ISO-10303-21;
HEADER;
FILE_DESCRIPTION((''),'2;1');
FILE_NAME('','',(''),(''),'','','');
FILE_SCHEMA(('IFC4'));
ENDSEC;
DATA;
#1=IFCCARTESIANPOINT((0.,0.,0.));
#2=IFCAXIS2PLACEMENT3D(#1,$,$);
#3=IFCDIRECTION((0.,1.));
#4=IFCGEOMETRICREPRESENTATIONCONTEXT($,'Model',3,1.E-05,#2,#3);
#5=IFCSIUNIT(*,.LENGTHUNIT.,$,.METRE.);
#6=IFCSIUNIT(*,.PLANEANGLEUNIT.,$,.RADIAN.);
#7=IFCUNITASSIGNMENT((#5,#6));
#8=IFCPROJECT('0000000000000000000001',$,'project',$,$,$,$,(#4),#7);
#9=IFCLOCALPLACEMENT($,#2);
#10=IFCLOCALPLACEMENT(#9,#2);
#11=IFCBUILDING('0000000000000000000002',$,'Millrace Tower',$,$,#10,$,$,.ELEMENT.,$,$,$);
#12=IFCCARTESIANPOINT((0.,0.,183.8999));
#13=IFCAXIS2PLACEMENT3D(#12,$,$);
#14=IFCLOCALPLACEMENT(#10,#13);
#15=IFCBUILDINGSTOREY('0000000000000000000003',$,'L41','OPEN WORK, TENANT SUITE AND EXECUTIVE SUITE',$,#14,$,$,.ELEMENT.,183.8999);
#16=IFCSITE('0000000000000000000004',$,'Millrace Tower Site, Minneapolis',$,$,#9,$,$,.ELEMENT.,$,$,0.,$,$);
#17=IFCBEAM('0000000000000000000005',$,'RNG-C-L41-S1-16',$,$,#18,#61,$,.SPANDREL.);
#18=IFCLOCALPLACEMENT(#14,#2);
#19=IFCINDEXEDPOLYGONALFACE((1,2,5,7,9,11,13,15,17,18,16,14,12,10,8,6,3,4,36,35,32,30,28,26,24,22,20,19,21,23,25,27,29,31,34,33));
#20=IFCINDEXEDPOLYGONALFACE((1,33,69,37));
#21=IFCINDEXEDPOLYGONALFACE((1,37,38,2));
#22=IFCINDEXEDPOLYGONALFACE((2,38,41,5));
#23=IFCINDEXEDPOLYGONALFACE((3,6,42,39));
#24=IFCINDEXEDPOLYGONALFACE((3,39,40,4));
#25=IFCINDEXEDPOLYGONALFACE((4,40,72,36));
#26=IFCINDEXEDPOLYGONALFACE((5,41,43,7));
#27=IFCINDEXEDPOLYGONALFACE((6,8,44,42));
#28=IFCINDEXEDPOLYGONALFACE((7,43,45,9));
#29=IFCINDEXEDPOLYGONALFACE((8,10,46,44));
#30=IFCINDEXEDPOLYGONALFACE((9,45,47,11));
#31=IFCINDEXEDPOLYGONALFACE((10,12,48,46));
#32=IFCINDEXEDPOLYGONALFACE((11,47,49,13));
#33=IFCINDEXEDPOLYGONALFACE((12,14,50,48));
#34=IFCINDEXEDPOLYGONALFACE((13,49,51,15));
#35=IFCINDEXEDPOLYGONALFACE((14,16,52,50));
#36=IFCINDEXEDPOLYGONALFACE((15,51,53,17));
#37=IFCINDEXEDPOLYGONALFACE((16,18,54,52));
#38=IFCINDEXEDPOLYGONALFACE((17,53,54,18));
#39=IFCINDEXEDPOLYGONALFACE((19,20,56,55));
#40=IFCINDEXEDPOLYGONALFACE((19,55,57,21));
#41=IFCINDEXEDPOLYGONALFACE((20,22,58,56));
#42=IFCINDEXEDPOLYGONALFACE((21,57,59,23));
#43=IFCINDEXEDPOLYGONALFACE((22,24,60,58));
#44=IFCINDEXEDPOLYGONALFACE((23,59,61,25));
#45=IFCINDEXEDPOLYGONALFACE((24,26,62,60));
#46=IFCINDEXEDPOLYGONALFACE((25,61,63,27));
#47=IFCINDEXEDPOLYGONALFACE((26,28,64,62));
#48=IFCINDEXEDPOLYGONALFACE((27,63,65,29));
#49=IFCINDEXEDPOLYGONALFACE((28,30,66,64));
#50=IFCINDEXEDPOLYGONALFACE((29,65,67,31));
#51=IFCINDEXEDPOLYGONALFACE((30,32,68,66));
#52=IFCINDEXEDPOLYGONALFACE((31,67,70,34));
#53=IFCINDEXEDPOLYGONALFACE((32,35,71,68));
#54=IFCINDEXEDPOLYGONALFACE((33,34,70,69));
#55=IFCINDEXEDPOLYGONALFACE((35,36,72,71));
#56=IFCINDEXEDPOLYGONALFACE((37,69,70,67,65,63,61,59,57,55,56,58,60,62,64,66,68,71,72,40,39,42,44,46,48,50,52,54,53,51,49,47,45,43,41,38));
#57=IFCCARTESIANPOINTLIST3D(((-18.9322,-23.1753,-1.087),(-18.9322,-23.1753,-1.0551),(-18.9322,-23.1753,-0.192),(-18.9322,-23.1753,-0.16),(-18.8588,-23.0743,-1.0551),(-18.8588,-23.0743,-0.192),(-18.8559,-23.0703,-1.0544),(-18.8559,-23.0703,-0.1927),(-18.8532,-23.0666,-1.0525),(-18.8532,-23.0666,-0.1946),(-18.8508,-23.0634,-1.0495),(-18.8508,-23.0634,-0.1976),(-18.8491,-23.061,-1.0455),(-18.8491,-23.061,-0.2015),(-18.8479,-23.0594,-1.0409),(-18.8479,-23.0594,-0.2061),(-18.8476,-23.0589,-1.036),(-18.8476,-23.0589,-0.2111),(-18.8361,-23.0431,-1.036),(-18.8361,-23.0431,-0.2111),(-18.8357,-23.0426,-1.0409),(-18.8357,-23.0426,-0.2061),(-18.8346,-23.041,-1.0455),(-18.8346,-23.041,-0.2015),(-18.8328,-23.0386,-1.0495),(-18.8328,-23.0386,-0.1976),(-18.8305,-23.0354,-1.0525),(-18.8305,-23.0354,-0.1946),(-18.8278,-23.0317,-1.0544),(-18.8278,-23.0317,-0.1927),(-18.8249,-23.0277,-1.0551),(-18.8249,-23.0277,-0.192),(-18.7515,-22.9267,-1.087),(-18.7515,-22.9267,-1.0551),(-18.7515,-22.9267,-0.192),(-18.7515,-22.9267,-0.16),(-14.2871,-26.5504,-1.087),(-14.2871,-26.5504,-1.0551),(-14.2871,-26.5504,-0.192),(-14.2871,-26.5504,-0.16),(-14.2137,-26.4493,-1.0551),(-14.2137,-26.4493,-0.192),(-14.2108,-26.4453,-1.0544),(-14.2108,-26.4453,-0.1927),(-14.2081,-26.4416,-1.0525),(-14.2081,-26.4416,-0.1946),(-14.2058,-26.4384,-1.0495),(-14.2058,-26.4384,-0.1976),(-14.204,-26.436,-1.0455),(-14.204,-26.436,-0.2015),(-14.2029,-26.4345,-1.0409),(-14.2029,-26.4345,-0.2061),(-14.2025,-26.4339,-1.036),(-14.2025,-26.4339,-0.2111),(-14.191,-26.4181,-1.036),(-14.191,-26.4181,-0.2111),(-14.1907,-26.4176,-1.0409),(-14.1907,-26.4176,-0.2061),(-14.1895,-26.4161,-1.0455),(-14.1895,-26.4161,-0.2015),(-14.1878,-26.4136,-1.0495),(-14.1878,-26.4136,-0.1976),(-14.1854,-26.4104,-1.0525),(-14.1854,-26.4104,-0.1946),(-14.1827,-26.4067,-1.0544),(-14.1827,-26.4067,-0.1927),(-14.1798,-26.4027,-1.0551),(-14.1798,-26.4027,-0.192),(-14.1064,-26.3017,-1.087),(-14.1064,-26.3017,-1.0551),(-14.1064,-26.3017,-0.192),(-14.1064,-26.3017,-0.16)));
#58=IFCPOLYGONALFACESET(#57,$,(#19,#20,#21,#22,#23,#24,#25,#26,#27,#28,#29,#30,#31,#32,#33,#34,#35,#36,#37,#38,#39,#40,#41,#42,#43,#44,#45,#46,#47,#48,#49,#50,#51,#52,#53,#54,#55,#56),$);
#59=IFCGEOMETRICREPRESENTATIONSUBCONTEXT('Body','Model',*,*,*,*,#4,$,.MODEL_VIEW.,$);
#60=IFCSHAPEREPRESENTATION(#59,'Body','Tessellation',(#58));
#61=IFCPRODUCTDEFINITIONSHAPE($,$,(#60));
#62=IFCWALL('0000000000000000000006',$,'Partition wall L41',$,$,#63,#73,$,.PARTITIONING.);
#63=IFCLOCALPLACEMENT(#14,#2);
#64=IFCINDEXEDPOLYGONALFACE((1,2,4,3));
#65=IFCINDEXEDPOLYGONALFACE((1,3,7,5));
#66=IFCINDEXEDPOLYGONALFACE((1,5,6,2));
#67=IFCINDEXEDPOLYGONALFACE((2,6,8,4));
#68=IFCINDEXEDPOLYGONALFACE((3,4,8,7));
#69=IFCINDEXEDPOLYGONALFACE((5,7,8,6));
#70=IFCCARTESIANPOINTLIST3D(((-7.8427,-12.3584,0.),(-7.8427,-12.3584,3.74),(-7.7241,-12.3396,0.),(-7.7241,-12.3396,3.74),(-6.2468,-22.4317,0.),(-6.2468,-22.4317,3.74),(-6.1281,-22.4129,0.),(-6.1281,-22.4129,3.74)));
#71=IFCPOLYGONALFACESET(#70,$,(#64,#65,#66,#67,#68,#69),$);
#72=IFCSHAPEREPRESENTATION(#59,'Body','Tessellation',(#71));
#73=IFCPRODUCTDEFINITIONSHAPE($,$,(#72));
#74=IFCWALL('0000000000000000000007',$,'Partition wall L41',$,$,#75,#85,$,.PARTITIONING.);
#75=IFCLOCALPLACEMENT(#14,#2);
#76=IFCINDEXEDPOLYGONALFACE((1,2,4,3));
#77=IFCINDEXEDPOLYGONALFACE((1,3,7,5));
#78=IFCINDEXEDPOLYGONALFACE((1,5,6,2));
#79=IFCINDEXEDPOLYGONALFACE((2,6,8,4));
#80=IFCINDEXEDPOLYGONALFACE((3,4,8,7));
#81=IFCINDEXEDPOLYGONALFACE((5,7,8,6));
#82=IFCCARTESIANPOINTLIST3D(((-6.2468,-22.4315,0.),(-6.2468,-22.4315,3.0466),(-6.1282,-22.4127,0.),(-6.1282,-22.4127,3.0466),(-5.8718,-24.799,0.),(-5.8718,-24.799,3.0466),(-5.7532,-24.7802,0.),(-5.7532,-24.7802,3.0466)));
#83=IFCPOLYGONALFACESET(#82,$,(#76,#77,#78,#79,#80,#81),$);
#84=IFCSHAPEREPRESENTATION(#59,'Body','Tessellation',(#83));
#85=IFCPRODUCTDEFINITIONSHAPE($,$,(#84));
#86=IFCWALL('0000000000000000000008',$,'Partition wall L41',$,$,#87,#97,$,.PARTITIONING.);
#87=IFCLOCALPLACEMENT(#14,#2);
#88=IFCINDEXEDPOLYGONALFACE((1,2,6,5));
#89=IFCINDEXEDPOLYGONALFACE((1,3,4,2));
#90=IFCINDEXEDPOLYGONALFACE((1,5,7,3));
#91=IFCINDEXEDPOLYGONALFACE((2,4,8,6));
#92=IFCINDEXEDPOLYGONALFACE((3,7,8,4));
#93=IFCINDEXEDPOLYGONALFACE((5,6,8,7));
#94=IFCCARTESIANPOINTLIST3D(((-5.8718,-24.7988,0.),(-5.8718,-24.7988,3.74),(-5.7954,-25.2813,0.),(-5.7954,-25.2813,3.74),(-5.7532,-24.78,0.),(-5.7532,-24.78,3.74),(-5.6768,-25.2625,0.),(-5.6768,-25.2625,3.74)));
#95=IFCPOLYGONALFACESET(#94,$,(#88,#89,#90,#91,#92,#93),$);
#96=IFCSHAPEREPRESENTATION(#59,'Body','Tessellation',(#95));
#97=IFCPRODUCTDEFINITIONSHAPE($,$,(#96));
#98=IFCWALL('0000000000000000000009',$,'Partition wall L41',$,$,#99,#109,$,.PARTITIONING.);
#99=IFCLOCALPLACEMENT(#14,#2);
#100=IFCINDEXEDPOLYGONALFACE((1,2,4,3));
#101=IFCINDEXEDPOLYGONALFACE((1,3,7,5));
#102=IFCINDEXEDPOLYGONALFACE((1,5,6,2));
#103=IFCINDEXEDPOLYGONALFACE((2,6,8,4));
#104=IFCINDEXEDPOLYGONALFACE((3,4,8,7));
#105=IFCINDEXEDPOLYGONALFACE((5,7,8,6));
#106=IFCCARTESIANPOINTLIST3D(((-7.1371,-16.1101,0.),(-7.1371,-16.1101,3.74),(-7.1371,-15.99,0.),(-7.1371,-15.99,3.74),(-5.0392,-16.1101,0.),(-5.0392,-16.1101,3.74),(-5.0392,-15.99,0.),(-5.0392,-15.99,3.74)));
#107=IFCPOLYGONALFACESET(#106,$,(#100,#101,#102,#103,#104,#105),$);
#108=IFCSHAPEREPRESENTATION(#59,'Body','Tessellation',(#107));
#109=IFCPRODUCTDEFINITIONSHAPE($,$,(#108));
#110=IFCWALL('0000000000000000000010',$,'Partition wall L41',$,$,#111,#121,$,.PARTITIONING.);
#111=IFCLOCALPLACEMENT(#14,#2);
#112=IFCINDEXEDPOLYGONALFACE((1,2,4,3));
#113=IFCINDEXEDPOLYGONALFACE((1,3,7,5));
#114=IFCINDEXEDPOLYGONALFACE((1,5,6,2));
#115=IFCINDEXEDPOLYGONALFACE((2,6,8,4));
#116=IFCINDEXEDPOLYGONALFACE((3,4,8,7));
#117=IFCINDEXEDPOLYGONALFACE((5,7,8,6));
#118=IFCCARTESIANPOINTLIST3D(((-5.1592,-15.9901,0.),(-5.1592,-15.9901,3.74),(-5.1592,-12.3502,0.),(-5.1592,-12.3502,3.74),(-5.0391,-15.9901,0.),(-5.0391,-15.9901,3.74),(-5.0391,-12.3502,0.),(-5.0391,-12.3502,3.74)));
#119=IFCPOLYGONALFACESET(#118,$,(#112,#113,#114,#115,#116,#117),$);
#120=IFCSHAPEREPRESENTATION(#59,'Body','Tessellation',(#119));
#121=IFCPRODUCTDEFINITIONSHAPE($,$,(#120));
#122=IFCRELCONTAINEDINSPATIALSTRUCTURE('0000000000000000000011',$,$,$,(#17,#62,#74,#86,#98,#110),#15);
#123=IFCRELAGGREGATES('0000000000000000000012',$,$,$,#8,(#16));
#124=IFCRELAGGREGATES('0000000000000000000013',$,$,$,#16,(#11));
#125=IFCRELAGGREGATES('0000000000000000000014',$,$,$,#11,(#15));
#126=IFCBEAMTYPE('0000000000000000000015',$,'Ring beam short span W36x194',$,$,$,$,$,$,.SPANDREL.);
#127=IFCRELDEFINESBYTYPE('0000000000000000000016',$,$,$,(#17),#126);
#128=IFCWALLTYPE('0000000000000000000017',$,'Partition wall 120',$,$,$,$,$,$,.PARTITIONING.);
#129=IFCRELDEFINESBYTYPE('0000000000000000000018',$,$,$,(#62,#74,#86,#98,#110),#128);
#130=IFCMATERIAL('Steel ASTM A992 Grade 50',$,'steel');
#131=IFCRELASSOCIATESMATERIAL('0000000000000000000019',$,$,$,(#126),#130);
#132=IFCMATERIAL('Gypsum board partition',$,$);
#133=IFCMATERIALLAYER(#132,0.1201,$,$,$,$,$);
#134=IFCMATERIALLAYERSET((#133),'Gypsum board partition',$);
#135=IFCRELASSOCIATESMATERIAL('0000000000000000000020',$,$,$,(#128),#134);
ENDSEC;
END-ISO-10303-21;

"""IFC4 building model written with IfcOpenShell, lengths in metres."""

from ifc_helpers import new_model, si_unit, direction, frame, frame_2d, origin, origin_2d, place, context, subcontext, project, spatial, rectangle, i_section, extrude, material, layer, layer_set, material_profile, profile_set, type_object, element, save


model = new_model("IFC4")

# Units and contexts
model_context = context("Model", 3, precision=1e-05, world=origin(), true_north=direction((0.0, 1.0)))
body_context = subcontext(model_context, "Body", "Model", "MODEL_VIEW")
ifc_project = project(units=[si_unit("LENGTHUNIT", "METRE"), si_unit("PLANEANGLEUNIT", "RADIAN")], contexts=[model_context])

# Site, building, storey
site_placement = place(None, origin())
site = spatial("IfcSite", under=ifc_project, at=site_placement, Name="Millrace Tower Site, Minneapolis", CompositionType="ELEMENT", RefElevation=0.0)
building_placement = place(site_placement, origin())
building = spatial("IfcBuilding", under=site, at=building_placement, Name="Millrace Tower", CompositionType="ELEMENT")
storey_placement = place(building_placement, frame((0.0, 0.0, 183.8999)))
storey = spatial("IfcBuildingStorey", under=building, at=storey_placement, Name="L41", Description="OPEN WORK, TENANT SUITE AND EXECUTIVE SUITE", CompositionType="ELEMENT", Elevation=183.8999)

# Beam
ifc_material_1 = material(Name="Steel ASTM A992 Grade 50", Category="steel")
ifc_material_profile_1 = material_profile(ifc_material_1, i_section(OverallWidth=0.3074, OverallDepth=0.927, WebThickness=0.0195, FlangeThickness=0.032, FilletRadius=0.019, at=origin_2d()))
ifc_profile_set_1 = profile_set([ifc_material_profile_1], Name="Steel ASTM A992 Grade 50")
beam_type_1 = type_object("IfcBeamType", Name="Ring beam short span W36x194", PredefinedType="SPANDREL", material=ifc_profile_set_1)
beam_1_placement = place(storey_placement, frame((-14.1968, -26.426, -0.6235), z_axis=(-0.809001, 0.587808, 0.0), x_axis=(-0.587808, -0.809001, 0.0)))
element("IfcBeam", 1, at=beam_1_placement, inside=storey, type_object=beam_type_1, Name="RNG-C-L41-S1-16", PredefinedType="SPANDREL", context=body_context, shape_type="SweptSolid", body=[
    extrude(i_section(OverallWidth=0.3074, OverallDepth=0.927, WebThickness=0.0195, FlangeThickness=0.032, FilletRadius=0.019, at=origin_2d()), origin(), (0.0, 0.0, 1.0), 5.7417),
])

# Walls
ifc_material_2 = material(Name="Gypsum board partition")
ifc_layer_1 = layer(ifc_material_2, 0.1201)
ifc_layer_set_1 = layer_set([ifc_layer_1], Name="Gypsum board partition")
wall_type = type_object("IfcWallType", Name="Partition wall 120", PredefinedType="PARTITIONING", material=ifc_layer_set_1)
wall_1_placement = place(storey_placement, frame((-7.7834, -12.3489, 0.0), z_axis=(0.0, 0.0, 1.0), x_axis=(0.156483, -0.987681, 0.0)))
element("IfcWall", 2, at=wall_1_placement, inside=storey, type_object=wall_type, Name="Partition wall L41", PredefinedType="PARTITIONING", context=body_context, shape_type="SweptSolid", body=[
    extrude(rectangle(XDim=10.199, YDim=0.1201, at=frame_2d((5.0996, 0.0))), origin(), (0.0, 0.0, 1.0), 3.74),
])
wall_2_placement = place(storey_placement, frame((-6.1875, -22.4221, 0.0), z_axis=(0.0, 0.0, 1.0), x_axis=(0.156449, -0.987686, 0.0)))
element("IfcWall", 3, at=wall_2_placement, inside=storey, type_object=wall_type, Name="Partition wall L41", PredefinedType="PARTITIONING", context=body_context, shape_type="SweptSolid", body=[
    extrude(rectangle(XDim=2.397, YDim=0.1201, at=frame_2d((1.1985, 0.0))), origin(), (0.0, 0.0, 1.0), 3.0466),
])
wall_3_placement = place(storey_placement, frame((-5.8125, -24.7896, 0.0), z_axis=(0.0, 0.0, 1.0), x_axis=(0.15645, -0.987686, 0.0)))
element("IfcWall", 4, at=wall_3_placement, inside=storey, type_object=wall_type, Name="Partition wall L41", PredefinedType="PARTITIONING", context=body_context, shape_type="SweptSolid", body=[
    extrude(rectangle(XDim=0.4885, YDim=0.1201, at=frame_2d((0.2441, 0.0))), origin(), (0.0, 0.0, 1.0), 3.74),
])
wall_4_placement = place(storey_placement, frame((-7.137, -16.05, 0.0), z_axis=(0.0, 0.0, 1.0), x_axis=(1.0, 0.0, 0.0)))
element("IfcWall", 5, at=wall_4_placement, inside=storey, type_object=wall_type, Name="Partition wall L41", PredefinedType="PARTITIONING", context=body_context, shape_type="SweptSolid", body=[
    extrude(rectangle(XDim=2.0979, YDim=0.1201, at=frame_2d((1.0488, 0.0))), origin(), (0.0, 0.0, 1.0), 3.74),
])
wall_5_placement = place(storey_placement, frame((-5.0991, -15.99, 0.0), z_axis=(0.0, 0.0, 1.0), x_axis=(0.0, 1.0, 0.0)))
element("IfcWall", 6, at=wall_5_placement, inside=storey, type_object=wall_type, Name="Partition wall L41", PredefinedType="PARTITIONING", context=body_context, shape_type="SweptSolid", body=[
    extrude(rectangle(XDim=3.6399, YDim=0.1201, at=frame_2d((1.8198, 0.0))), origin(), (0.0, 0.0, 1.0), 3.74),
])

save(model, "model.ifc")
